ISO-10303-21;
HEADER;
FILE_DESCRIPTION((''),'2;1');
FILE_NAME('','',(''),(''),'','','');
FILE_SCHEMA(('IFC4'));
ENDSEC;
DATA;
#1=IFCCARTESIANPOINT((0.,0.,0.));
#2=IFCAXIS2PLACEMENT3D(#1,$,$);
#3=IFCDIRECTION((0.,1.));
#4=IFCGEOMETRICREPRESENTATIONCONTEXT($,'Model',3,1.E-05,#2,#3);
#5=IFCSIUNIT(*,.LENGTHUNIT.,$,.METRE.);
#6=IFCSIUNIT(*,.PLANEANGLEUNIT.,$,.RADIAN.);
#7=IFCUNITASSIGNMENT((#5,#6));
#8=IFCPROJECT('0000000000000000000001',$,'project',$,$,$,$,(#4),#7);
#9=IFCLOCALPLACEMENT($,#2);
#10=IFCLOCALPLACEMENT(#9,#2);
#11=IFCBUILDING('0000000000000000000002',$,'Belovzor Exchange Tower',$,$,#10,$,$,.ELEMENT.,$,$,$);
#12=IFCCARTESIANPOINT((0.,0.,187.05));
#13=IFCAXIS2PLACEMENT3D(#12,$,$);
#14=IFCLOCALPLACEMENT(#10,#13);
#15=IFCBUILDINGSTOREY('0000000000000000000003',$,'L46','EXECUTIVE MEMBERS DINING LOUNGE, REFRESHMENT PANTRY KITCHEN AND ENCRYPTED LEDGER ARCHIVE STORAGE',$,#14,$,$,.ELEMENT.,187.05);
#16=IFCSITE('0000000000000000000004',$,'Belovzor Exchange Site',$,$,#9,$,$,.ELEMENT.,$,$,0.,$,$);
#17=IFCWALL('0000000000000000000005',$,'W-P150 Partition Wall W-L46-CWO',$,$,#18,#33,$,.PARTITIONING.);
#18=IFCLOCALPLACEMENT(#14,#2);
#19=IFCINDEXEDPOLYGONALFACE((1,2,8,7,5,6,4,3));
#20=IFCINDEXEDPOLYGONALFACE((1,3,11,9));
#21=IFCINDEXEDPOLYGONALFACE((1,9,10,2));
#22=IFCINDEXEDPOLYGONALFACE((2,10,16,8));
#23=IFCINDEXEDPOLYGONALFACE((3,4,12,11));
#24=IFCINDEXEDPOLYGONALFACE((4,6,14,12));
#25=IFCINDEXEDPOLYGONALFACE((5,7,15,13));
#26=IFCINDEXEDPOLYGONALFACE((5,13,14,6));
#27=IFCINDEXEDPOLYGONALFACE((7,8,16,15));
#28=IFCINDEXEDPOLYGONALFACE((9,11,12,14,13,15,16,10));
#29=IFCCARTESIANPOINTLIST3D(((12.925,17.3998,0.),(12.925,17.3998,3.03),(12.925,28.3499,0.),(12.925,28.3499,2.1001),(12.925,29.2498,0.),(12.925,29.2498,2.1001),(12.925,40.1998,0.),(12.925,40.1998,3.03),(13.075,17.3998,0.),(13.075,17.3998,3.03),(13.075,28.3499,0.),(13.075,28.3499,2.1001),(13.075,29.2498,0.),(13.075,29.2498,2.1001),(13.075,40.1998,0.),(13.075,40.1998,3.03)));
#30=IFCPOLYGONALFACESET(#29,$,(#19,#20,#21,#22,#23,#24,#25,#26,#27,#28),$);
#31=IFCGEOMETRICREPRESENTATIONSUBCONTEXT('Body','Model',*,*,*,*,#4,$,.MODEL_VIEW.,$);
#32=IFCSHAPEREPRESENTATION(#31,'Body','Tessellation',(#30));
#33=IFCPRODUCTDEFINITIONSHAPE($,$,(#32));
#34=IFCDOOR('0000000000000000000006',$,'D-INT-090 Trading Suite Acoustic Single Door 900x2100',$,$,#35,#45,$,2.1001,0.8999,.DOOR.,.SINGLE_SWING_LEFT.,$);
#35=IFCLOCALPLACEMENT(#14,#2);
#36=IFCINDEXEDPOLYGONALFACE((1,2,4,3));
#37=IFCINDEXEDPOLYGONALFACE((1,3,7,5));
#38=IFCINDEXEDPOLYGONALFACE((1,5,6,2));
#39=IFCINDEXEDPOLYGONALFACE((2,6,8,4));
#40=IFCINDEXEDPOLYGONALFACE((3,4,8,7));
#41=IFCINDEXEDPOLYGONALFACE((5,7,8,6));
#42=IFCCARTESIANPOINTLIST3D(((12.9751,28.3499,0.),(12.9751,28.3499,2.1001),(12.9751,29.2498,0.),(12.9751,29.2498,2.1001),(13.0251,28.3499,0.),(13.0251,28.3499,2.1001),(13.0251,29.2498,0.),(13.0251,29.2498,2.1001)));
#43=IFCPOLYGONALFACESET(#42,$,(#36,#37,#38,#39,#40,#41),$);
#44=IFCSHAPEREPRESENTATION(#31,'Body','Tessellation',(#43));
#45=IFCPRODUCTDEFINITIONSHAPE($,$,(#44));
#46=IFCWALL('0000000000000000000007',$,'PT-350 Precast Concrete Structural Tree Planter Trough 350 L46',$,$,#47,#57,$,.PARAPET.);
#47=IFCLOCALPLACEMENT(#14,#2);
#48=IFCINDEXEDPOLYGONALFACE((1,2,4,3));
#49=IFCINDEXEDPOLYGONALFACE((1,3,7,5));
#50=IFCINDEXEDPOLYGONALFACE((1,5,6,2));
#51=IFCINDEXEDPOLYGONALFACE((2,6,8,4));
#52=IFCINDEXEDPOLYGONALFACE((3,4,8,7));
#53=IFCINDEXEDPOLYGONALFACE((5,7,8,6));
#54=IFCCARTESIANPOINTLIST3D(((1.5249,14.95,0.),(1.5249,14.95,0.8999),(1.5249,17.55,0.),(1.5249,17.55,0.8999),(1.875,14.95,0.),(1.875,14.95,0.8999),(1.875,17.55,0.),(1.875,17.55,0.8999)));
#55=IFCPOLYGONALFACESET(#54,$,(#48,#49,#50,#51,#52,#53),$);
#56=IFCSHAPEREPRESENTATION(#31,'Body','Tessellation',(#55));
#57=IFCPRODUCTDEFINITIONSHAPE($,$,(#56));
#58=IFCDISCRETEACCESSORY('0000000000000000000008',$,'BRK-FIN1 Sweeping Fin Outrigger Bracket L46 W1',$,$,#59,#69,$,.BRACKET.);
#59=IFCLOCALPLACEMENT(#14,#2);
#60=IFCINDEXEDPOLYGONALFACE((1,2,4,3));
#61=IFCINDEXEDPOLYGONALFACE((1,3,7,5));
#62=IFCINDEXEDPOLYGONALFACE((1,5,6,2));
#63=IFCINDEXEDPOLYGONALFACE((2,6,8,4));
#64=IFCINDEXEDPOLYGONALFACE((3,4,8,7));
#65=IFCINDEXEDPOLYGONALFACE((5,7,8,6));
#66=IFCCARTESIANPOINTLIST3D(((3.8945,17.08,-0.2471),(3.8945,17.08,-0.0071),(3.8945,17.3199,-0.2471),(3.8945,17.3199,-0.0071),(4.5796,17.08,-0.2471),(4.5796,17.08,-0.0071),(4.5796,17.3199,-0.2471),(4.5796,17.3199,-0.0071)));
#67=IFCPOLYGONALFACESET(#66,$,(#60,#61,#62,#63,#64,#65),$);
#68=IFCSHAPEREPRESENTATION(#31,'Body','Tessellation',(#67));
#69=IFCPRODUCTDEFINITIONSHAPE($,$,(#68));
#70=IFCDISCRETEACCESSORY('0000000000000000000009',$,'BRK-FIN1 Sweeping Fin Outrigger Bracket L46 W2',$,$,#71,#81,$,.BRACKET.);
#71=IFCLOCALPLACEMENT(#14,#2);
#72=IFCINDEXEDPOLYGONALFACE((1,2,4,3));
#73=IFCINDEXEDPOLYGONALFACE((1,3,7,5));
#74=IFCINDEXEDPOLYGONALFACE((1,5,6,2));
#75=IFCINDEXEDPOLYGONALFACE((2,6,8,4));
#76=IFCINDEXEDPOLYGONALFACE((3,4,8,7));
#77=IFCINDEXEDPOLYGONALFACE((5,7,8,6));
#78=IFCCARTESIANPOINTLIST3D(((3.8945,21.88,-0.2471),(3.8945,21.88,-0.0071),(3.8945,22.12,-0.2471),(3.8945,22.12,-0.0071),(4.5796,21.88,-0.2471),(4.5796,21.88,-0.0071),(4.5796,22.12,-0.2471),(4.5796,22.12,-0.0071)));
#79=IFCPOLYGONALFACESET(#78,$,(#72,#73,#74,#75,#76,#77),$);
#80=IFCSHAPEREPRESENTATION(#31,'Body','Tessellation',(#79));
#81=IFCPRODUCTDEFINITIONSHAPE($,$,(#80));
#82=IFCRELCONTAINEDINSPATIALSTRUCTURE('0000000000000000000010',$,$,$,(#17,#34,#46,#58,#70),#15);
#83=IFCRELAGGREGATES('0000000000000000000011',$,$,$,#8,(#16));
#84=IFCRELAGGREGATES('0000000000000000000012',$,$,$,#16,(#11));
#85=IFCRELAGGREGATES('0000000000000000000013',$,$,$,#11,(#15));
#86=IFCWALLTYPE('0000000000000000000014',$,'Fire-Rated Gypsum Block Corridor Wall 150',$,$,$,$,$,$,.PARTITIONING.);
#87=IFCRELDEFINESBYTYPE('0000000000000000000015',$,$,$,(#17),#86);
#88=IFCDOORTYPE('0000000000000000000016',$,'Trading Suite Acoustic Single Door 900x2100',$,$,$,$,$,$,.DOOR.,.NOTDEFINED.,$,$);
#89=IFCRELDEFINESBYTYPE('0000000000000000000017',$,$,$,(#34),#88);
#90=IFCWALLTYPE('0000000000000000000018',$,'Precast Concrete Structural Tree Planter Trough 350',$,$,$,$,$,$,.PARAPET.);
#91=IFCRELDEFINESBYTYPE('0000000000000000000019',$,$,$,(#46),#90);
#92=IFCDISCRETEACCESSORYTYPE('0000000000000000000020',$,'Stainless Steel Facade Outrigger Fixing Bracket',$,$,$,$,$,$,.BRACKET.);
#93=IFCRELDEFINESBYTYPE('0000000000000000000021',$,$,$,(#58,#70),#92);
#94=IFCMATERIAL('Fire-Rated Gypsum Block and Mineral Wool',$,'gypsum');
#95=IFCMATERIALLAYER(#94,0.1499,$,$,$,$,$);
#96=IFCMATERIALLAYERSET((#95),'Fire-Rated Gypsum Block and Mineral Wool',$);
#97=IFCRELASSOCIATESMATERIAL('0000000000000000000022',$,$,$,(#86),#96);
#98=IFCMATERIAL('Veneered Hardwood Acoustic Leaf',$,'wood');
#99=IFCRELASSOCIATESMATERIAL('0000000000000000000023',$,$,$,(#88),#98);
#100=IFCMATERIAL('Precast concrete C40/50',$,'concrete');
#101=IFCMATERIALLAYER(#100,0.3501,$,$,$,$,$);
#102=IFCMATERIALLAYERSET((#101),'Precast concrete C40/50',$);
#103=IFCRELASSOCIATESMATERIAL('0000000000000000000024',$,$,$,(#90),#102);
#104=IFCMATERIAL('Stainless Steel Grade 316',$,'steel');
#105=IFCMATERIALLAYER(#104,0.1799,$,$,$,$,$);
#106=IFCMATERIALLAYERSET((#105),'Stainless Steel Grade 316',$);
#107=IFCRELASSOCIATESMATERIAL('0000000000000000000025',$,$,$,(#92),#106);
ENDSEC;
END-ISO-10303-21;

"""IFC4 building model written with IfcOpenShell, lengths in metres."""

from ifc_helpers import new_model, si_unit, direction, frame, frame_2d, origin, origin_2d, place, context, subcontext, project, spatial, rectangle, extrude, material, layer, layer_set, type_object, element, fill, save


model = new_model("IFC4")

# Units and contexts
model_context = context("Model", 3, precision=1e-05, world=origin(), true_north=direction((0.0, 1.0)))
body_context = subcontext(model_context, "Body", "Model", "MODEL_VIEW")
ifc_project = project(units=[si_unit("LENGTHUNIT", "METRE"), si_unit("PLANEANGLEUNIT", "RADIAN")], contexts=[model_context])

# Site, building, storey
site_placement = place(None, origin())
site = spatial("IfcSite", under=ifc_project, at=site_placement, Name="Belovzor Exchange Site", CompositionType="ELEMENT", RefElevation=0.0)
building_placement = place(site_placement, origin())
building = spatial("IfcBuilding", under=site, at=building_placement, Name="Belovzor Exchange Tower", CompositionType="ELEMENT")
storey_placement = place(building_placement, frame((0.0, 0.0, 187.05)))
storey = spatial("IfcBuildingStorey", under=building, at=storey_placement, Name="L46", Description="EXECUTIVE MEMBERS DINING LOUNGE, REFRESHMENT PANTRY KITCHEN AND ENCRYPTED LEDGER ARCHIVE STORAGE", CompositionType="ELEMENT", Elevation=187.05)

# Shared definitions
ifc_material_1 = material(Name="Fire-Rated Gypsum Block and Mineral Wool", Category="gypsum")
ifc_layer_1 = layer(ifc_material_1, 0.1499)
ifc_layer_set_1 = layer_set([ifc_layer_1], Name="Fire-Rated Gypsum Block and Mineral Wool")
wall_type_1 = type_object("IfcWallType", Name="Fire-Rated Gypsum Block Corridor Wall 150", PredefinedType="PARTITIONING", material=ifc_layer_set_1)
ifc_material_2 = material(Name="Veneered Hardwood Acoustic Leaf", Category="wood")
door_type = type_object("IfcDoorType", Name="Trading Suite Acoustic Single Door 900x2100", OperationType="NOTDEFINED", PredefinedType="DOOR", material=ifc_material_2)

# Wall, opening, door
wall_1_placement = place(storey_placement, frame((13.0, 17.3999, 0.0), z_axis=(0.0, 0.0, 1.0), x_axis=(0.0, 1.0, 0.0)))
wall_1 = element("IfcWall", 1, at=wall_1_placement, inside=storey, type_object=wall_type_1, Name="W-P150 Partition Wall W-L46-CWO", PredefinedType="PARTITIONING", context=body_context, shape_type="SweptSolid", body=[
    extrude(rectangle(XDim=22.8, YDim=0.1499, at=frame_2d((11.3999, 0.0))), origin(), (0.0, 0.0, 1.0), 3.03),
])
opening_1_placement = place(wall_1_placement, frame((10.95, 0.0, 0.0)))
opening_1 = element("IfcOpeningElement", 2, at=opening_1_placement, cuts=wall_1, PredefinedType="OPENING", context=body_context, shape_type="SweptSolid", body=[
    extrude(rectangle(XDim=0.8999, YDim=2.1001, at=frame_2d((0.45, 1.05))), frame((0.0, 0.085, 0.0), z_axis=(0.0, -1.0, 0.0), x_axis=(1.0, 0.0, 0.0)), (0.0, 0.0, 1.0), 0.1699),
])
door_1_placement = place(opening_1_placement, origin())
door_1 = element("IfcDoor", 3, at=door_1_placement, inside=storey, type_object=door_type, Name="D-INT-090 Trading Suite Acoustic Single Door 900x2100", OperationType="SINGLE_SWING_LEFT", OverallHeight=2.1001, OverallWidth=0.8999, PredefinedType="DOOR", context=body_context, shape_type="SweptSolid", body=[
    extrude(rectangle(XDim=0.8999, YDim=2.1001, at=frame_2d((0.45, 1.05))), frame((0.0, 0.0249, 0.0), z_axis=(0.0, -1.0, 0.0), x_axis=(1.0, 0.0, 0.0)), (0.0, 0.0, 1.0), 0.05),
])
fill(opening_1, door_1)

# Wall
ifc_material_3 = material(Name="Precast concrete C40/50", Category="concrete")
ifc_layer_2 = layer(ifc_material_3, 0.3501)
ifc_layer_set_2 = layer_set([ifc_layer_2], Name="Precast concrete C40/50")
wall_type_2 = type_object("IfcWallType", Name="Precast Concrete Structural Tree Planter Trough 350", PredefinedType="PARAPET", material=ifc_layer_set_2)
wall_2_placement = place(storey_placement, frame((1.7, 14.95, 0.0), z_axis=(0.0, 0.0, 1.0), x_axis=(0.0, 1.0, 0.0)))
element("IfcWall", 4, at=wall_2_placement, inside=storey, type_object=wall_type_2, Name="PT-350 Precast Concrete Structural Tree Planter Trough 350 L46", PredefinedType="PARAPET", context=body_context, shape_type="SweptSolid", body=[
    extrude(rectangle(XDim=2.6001, YDim=0.3501, at=frame_2d((1.3, 0.0))), origin(), (0.0, 0.0, 1.0), 0.8999),
])

# Discrete accessories
ifc_material_4 = material(Name="Stainless Steel Grade 316", Category="steel")
ifc_layer_3 = layer(ifc_material_4, 0.1799)
ifc_layer_set_3 = layer_set([ifc_layer_3], Name="Stainless Steel Grade 316")
discrete_accessory_type = type_object("IfcDiscreteAccessoryType", Name="Stainless Steel Facade Outrigger Fixing Bracket", PredefinedType="BRACKET", material=ifc_layer_set_3)
for number, where, z_axis, x_axis, name in (
    (5, (4.2371, 17.2, -0.2471), (0.0, 0.0, 1.0), (1.0, 0.0, 0.0), "BRK-FIN1 Sweeping Fin Outrigger Bracket L46 W1"),
    (6, (4.2371, 22.0, -0.2471), (0.0, 0.0, 1.0), (1.0, 0.0, 0.0), "BRK-FIN1 Sweeping Fin Outrigger Bracket L46 W2"),
):
    element("IfcDiscreteAccessory", number, at=place(storey_placement, frame(where, z_axis=z_axis, x_axis=x_axis)), inside=storey, type_object=discrete_accessory_type, Name=name, PredefinedType="BRACKET", context=body_context, shape_type="SweptSolid", body=[
        extrude(rectangle(XDim=0.6851, YDim=0.24, at=origin_2d()), origin(), (0.0, 0.0, 1.0), 0.24),
    ])

save(model, "model.ifc")
